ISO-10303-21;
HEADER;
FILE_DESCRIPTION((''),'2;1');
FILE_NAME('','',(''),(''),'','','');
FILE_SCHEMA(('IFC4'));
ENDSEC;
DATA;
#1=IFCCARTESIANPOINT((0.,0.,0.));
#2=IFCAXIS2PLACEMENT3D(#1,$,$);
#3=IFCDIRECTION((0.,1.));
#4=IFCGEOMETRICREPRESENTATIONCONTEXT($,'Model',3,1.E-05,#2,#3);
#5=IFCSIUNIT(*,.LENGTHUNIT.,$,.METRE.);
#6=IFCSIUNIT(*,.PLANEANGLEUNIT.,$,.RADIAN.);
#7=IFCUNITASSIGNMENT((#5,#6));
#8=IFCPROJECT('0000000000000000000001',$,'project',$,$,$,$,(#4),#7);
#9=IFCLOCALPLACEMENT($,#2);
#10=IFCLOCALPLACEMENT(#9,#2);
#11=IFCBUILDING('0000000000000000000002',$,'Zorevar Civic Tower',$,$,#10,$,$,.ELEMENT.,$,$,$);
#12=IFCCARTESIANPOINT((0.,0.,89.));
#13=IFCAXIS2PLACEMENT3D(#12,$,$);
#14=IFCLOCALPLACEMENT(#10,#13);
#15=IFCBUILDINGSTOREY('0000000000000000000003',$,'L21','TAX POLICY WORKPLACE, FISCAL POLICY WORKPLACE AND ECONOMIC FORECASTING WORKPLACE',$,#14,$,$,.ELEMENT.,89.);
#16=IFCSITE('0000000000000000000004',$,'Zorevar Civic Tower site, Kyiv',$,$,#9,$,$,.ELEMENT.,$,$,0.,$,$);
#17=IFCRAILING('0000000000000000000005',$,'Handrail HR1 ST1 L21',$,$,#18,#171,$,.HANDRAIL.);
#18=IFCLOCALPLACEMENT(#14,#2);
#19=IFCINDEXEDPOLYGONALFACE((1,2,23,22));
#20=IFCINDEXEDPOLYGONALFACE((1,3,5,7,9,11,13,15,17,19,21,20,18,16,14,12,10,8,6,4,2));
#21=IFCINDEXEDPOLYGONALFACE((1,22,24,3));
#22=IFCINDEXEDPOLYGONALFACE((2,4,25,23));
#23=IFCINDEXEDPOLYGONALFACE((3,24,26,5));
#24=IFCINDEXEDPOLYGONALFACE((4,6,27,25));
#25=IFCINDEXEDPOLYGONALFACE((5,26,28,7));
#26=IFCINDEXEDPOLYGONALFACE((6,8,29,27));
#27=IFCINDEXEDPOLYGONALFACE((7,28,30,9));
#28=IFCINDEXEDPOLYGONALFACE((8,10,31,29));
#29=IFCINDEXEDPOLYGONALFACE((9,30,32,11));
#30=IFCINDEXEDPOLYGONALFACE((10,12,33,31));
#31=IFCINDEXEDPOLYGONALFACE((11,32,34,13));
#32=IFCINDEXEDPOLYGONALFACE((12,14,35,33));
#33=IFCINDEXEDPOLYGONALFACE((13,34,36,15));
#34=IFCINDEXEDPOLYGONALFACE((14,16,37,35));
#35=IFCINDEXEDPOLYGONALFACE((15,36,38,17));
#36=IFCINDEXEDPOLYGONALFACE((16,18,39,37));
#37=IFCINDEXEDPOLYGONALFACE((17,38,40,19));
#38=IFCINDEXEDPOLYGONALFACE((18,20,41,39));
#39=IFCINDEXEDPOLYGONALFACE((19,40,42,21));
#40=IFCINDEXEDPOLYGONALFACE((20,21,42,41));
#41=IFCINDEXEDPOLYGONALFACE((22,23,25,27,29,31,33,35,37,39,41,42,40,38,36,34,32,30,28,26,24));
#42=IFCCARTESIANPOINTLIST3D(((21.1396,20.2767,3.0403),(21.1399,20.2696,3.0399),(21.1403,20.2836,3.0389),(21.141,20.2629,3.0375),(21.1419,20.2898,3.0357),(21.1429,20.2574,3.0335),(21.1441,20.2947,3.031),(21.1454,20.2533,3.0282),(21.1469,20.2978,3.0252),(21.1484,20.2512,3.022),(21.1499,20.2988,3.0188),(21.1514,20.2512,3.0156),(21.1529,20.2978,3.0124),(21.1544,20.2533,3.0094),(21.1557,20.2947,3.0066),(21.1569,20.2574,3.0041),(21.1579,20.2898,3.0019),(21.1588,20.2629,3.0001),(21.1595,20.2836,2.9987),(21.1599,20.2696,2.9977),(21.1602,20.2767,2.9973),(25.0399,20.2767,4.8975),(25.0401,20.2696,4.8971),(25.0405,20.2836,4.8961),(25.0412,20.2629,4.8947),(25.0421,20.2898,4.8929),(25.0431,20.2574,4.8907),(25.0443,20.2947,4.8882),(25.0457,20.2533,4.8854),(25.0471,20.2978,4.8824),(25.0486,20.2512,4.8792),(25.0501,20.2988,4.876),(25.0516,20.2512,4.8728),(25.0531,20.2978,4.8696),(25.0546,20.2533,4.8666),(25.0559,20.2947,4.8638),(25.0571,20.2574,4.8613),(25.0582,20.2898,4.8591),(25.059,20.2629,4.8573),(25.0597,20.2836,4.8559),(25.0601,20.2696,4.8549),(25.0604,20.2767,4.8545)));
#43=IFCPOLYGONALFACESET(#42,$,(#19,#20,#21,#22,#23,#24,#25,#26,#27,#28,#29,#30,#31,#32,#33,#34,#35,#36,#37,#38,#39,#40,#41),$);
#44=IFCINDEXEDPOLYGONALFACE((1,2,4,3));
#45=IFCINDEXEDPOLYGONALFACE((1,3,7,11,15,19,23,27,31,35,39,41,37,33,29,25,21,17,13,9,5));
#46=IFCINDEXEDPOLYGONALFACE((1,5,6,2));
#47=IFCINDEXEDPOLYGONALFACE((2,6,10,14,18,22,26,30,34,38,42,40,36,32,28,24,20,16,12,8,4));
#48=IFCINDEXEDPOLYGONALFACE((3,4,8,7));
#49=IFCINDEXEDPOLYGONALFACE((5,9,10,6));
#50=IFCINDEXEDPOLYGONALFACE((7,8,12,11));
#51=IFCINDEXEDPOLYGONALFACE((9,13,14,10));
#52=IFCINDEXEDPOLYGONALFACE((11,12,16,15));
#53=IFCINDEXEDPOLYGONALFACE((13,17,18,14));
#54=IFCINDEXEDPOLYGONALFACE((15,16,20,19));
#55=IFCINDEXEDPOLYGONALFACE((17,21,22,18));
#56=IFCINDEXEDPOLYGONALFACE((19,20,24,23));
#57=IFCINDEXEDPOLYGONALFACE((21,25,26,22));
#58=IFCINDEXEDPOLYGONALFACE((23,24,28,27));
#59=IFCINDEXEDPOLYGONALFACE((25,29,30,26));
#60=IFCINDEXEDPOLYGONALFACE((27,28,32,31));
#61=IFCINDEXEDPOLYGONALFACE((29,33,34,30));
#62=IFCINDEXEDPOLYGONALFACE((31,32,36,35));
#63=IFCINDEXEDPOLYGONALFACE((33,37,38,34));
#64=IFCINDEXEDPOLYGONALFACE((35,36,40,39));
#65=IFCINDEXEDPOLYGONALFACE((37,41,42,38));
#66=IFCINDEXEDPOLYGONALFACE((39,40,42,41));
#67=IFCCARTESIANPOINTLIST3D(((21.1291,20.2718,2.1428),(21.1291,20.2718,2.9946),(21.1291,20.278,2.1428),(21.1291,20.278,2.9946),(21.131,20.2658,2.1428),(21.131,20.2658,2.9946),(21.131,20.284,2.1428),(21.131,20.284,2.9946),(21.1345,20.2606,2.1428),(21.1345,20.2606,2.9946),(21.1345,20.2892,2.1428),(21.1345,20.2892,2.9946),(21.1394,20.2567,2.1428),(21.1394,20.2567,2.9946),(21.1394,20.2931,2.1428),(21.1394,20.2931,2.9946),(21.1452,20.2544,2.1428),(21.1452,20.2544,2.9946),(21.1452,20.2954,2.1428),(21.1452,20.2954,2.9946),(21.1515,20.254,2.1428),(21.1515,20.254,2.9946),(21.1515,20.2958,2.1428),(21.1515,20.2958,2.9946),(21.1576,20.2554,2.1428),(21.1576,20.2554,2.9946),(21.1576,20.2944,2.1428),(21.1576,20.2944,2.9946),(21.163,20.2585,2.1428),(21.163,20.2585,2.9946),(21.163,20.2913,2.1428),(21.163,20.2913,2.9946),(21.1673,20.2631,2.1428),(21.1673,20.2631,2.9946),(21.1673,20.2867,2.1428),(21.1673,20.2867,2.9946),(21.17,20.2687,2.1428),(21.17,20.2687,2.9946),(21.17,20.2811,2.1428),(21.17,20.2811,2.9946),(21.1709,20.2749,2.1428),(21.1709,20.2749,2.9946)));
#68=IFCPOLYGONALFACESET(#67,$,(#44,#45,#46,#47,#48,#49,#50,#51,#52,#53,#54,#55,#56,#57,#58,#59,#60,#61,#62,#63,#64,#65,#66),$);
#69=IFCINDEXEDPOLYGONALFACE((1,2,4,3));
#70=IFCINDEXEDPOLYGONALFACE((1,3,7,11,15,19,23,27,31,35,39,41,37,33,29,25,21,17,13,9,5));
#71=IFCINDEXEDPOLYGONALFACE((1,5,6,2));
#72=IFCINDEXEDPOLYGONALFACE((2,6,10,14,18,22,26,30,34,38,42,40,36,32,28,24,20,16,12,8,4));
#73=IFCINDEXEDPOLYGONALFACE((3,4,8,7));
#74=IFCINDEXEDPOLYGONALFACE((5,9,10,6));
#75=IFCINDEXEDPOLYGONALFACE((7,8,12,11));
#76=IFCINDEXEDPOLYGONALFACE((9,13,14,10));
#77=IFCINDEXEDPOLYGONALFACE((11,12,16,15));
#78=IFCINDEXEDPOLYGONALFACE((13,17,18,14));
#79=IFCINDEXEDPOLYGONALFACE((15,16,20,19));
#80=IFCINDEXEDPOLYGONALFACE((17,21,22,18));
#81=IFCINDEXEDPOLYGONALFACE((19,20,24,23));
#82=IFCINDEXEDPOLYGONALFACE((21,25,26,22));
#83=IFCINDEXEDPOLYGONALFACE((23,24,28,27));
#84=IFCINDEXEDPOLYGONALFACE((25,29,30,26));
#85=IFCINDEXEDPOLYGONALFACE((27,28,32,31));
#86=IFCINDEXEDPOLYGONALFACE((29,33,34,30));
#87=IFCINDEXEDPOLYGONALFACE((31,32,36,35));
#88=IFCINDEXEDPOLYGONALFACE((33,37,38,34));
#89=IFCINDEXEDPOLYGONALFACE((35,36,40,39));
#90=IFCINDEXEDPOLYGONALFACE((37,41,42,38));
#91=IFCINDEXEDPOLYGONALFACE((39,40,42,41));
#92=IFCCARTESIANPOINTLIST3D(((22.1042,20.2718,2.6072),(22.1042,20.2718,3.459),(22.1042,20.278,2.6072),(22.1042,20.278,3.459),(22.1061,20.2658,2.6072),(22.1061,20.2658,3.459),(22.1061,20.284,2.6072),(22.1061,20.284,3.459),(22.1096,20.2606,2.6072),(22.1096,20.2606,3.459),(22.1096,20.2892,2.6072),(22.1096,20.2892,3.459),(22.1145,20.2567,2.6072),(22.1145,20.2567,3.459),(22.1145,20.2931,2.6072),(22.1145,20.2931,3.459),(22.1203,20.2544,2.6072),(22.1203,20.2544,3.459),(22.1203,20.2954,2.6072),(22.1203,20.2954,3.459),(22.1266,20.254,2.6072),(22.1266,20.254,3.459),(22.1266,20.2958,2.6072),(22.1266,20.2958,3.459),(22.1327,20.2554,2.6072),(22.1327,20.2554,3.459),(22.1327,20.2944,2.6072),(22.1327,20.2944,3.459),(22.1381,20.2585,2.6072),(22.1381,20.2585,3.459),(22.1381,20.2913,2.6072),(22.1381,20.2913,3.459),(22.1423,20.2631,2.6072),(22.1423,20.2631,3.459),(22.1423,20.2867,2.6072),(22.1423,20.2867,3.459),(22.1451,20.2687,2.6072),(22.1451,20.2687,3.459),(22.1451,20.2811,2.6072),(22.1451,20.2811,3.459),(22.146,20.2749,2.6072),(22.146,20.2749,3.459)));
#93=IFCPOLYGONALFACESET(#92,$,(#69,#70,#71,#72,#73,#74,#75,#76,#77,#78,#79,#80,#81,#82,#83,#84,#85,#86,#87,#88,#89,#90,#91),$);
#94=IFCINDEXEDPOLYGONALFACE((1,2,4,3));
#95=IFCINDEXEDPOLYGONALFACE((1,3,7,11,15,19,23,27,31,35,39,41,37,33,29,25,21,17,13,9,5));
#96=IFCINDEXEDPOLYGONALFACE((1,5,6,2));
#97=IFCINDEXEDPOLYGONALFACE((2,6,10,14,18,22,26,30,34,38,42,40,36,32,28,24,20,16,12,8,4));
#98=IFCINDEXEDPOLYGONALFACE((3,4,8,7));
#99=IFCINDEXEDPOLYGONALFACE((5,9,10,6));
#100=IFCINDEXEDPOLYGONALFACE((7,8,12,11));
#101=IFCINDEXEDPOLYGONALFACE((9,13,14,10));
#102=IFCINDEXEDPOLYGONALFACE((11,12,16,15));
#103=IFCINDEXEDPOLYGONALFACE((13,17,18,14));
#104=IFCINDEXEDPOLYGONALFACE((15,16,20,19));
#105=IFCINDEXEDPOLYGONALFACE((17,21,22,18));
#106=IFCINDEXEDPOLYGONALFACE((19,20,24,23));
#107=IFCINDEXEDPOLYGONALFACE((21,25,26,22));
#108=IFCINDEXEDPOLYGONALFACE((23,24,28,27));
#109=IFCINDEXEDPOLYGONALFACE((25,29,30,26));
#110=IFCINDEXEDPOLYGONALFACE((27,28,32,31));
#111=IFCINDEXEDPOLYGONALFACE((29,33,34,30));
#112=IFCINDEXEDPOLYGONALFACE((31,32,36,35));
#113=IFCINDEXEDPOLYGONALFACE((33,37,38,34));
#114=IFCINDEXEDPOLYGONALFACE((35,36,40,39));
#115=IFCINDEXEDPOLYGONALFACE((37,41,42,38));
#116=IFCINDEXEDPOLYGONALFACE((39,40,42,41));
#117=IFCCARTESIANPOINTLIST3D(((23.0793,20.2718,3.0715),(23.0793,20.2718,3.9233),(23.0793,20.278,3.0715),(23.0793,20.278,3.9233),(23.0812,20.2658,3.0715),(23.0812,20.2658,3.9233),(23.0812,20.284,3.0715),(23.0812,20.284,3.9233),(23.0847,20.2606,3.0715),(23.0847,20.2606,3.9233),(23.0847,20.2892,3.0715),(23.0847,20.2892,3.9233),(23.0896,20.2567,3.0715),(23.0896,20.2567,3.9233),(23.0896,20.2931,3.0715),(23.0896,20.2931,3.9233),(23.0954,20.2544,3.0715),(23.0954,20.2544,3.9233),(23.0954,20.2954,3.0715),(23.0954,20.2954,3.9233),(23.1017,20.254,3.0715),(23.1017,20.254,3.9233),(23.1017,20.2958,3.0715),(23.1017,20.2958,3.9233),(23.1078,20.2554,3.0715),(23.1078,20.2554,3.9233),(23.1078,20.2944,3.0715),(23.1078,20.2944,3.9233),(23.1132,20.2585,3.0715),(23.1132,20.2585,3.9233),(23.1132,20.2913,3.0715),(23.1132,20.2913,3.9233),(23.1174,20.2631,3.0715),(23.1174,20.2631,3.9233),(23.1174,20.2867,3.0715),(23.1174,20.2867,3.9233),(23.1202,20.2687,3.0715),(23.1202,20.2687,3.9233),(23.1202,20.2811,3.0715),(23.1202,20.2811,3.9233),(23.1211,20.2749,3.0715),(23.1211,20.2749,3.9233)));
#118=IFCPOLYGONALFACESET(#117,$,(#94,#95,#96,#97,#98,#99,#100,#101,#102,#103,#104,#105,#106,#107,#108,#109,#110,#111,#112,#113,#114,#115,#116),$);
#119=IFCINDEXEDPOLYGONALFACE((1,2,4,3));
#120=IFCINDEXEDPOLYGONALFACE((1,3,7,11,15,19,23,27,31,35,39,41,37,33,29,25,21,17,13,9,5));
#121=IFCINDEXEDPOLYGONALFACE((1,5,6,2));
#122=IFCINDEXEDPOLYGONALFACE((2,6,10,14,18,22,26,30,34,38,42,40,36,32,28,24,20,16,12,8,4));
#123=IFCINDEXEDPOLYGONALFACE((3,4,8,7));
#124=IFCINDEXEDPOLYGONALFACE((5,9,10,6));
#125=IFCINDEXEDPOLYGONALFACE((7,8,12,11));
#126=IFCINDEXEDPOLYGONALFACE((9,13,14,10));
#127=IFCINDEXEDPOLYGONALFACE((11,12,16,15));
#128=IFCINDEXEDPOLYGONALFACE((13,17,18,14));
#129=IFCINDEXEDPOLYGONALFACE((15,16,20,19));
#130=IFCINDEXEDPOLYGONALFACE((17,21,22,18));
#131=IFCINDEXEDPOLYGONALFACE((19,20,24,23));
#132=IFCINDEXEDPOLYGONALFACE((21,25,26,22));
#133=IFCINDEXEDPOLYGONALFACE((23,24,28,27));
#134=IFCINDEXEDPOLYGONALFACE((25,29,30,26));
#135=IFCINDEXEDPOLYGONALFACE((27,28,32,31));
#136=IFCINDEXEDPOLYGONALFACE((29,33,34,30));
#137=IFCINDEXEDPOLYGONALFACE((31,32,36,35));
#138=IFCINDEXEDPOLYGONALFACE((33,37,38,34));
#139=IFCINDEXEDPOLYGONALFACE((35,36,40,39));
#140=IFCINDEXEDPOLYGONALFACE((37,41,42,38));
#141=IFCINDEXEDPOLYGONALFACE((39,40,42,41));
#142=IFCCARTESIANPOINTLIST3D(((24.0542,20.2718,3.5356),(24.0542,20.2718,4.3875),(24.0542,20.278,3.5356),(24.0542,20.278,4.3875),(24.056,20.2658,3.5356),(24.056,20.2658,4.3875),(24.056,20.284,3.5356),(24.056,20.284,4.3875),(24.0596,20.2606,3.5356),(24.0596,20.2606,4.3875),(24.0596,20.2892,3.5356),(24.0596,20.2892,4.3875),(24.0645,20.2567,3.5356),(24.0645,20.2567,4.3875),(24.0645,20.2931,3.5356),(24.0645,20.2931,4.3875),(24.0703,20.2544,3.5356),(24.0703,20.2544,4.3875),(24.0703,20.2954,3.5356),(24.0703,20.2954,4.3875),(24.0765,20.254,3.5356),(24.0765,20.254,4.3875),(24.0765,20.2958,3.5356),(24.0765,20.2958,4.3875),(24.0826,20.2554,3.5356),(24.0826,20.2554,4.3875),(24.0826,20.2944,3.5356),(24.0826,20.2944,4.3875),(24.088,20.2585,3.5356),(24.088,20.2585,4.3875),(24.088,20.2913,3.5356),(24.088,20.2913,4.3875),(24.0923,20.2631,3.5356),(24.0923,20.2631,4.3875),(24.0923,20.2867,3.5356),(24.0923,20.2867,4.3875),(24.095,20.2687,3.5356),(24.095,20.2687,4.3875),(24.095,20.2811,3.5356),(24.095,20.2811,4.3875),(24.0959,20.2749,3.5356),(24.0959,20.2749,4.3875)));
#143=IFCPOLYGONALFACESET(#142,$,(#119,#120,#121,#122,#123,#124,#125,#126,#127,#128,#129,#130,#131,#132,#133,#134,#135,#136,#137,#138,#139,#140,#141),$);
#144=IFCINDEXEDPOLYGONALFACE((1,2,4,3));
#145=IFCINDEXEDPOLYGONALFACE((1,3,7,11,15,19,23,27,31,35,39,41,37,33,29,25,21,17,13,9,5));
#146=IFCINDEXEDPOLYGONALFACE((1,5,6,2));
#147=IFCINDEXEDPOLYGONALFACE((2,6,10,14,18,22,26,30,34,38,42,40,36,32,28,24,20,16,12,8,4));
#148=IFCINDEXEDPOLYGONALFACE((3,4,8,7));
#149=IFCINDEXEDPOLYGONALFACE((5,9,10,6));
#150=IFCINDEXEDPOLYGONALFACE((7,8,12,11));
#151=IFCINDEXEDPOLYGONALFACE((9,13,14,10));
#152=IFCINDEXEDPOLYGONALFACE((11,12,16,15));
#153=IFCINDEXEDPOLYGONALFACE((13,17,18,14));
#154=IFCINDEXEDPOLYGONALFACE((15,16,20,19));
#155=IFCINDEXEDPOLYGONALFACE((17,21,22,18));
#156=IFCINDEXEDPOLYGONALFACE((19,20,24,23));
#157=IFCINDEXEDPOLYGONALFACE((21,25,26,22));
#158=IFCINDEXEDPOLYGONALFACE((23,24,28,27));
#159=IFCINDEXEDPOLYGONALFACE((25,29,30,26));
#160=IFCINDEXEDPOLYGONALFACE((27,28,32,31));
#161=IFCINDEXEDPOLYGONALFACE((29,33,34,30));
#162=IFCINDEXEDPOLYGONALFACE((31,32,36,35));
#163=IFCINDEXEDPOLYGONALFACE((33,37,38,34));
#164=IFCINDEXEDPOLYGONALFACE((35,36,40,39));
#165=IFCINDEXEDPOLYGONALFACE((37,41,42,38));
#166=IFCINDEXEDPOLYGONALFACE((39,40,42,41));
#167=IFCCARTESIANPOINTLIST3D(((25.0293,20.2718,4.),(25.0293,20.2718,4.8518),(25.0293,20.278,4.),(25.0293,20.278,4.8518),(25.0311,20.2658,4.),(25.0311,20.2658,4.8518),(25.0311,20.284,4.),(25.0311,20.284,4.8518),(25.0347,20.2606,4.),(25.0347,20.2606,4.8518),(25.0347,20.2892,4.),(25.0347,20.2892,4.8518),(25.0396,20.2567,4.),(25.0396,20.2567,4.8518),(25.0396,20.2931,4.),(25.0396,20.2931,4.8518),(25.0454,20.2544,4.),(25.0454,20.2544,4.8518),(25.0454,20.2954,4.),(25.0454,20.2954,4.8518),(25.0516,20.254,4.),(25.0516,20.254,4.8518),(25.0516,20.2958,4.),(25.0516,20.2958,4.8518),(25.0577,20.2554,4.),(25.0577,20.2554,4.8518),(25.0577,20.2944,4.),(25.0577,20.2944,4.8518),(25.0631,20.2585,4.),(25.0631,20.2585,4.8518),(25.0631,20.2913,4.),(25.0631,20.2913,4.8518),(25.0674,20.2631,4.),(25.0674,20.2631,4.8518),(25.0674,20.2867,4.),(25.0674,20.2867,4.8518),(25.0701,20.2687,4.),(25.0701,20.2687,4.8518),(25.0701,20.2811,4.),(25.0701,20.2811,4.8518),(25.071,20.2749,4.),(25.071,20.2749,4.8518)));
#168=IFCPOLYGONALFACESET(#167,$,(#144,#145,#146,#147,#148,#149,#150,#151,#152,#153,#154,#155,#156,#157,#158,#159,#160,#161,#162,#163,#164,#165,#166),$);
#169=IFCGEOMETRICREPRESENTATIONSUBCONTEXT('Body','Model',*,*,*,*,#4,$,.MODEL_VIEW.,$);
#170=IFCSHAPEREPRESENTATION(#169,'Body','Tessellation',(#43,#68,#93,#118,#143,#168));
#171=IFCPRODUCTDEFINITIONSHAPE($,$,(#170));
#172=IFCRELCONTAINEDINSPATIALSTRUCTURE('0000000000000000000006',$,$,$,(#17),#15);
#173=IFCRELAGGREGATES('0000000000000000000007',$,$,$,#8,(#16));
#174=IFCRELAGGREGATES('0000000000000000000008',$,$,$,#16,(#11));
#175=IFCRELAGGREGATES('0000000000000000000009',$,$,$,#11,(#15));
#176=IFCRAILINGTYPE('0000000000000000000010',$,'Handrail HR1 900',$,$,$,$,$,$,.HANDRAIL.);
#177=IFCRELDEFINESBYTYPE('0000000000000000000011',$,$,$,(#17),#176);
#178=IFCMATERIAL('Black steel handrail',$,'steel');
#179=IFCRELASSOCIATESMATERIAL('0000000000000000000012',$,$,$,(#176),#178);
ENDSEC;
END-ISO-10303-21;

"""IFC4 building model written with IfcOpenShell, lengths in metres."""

from ifc_helpers import new_model, si_unit, direction, frame, origin, origin_2d, place, context, subcontext, project, spatial, circle, extrude, material, type_object, element, save


model = new_model("IFC4")

# Units and contexts
model_context = context("Model", 3, precision=1e-05, world=origin(), true_north=direction((0.0, 1.0)))
body_context = subcontext(model_context, "Body", "Model", "MODEL_VIEW")
ifc_project = project(units=[si_unit("LENGTHUNIT", "METRE"), si_unit("PLANEANGLEUNIT", "RADIAN")], contexts=[model_context])

# Site, building, storey
site_placement = place(None, origin())
site = spatial("IfcSite", under=ifc_project, at=site_placement, Name="Zorevar Civic Tower site, Kyiv", CompositionType="ELEMENT", RefElevation=0.0)
building_placement = place(site_placement, origin())
building = spatial("IfcBuilding", under=site, at=building_placement, Name="Zorevar Civic Tower", CompositionType="ELEMENT")
storey_placement = place(building_placement, frame((0.0, 0.0, 89.0)))
storey = spatial("IfcBuildingStorey", under=building, at=storey_placement, Name="L21", Description="TAX POLICY WORKPLACE, FISCAL POLICY WORKPLACE AND ECONOMIC FORECASTING WORKPLACE", CompositionType="ELEMENT", Elevation=89.0)

# Railing
ifc_material_1 = material(Name="Black steel handrail", Category="steel")
railing_type = type_object("IfcRailingType", Name="Handrail HR1 900", PredefinedType="HANDRAIL", material=ifc_material_1)
railing_1_placement = place(storey_placement, frame((21.1499, 20.2749, 2.1428)))
element("IfcRailing", 1, at=railing_1_placement, inside=storey, type_object=railing_type, Name="Handrail HR1 ST1 L21", PredefinedType="HANDRAIL", context=body_context, shape_type="SweptSolid", body=[
    extrude(circle(Radius=0.0239, at=origin_2d()), frame((0.0, 0.0, 0.876), z_axis=(0.902864, 0.0, 0.429927), x_axis=(0.0, 1.0, 0.0)), (0.0, 0.0, 1.0), 4.3198),
    extrude(circle(Radius=0.021, at=origin_2d()), origin(), (0.0, 0.0, 1.0), 0.8518),
    extrude(circle(Radius=0.021, at=origin_2d()), frame((0.9751, 0.0, 0.4644)), (0.0, 0.0, 1.0), 0.8518),
    extrude(circle(Radius=0.021, at=origin_2d()), frame((1.9502, 0.0, 0.9287)), (0.0, 0.0, 1.0), 0.8518),
    extrude(circle(Radius=0.021, at=origin_2d()), frame((2.925, 0.0, 1.3928)), (0.0, 0.0, 1.0), 0.8518),
    extrude(circle(Radius=0.021, at=origin_2d()), frame((3.9001, 0.0, 1.8572)), (0.0, 0.0, 1.0), 0.8518),
])

save(model, "model.ifc")
